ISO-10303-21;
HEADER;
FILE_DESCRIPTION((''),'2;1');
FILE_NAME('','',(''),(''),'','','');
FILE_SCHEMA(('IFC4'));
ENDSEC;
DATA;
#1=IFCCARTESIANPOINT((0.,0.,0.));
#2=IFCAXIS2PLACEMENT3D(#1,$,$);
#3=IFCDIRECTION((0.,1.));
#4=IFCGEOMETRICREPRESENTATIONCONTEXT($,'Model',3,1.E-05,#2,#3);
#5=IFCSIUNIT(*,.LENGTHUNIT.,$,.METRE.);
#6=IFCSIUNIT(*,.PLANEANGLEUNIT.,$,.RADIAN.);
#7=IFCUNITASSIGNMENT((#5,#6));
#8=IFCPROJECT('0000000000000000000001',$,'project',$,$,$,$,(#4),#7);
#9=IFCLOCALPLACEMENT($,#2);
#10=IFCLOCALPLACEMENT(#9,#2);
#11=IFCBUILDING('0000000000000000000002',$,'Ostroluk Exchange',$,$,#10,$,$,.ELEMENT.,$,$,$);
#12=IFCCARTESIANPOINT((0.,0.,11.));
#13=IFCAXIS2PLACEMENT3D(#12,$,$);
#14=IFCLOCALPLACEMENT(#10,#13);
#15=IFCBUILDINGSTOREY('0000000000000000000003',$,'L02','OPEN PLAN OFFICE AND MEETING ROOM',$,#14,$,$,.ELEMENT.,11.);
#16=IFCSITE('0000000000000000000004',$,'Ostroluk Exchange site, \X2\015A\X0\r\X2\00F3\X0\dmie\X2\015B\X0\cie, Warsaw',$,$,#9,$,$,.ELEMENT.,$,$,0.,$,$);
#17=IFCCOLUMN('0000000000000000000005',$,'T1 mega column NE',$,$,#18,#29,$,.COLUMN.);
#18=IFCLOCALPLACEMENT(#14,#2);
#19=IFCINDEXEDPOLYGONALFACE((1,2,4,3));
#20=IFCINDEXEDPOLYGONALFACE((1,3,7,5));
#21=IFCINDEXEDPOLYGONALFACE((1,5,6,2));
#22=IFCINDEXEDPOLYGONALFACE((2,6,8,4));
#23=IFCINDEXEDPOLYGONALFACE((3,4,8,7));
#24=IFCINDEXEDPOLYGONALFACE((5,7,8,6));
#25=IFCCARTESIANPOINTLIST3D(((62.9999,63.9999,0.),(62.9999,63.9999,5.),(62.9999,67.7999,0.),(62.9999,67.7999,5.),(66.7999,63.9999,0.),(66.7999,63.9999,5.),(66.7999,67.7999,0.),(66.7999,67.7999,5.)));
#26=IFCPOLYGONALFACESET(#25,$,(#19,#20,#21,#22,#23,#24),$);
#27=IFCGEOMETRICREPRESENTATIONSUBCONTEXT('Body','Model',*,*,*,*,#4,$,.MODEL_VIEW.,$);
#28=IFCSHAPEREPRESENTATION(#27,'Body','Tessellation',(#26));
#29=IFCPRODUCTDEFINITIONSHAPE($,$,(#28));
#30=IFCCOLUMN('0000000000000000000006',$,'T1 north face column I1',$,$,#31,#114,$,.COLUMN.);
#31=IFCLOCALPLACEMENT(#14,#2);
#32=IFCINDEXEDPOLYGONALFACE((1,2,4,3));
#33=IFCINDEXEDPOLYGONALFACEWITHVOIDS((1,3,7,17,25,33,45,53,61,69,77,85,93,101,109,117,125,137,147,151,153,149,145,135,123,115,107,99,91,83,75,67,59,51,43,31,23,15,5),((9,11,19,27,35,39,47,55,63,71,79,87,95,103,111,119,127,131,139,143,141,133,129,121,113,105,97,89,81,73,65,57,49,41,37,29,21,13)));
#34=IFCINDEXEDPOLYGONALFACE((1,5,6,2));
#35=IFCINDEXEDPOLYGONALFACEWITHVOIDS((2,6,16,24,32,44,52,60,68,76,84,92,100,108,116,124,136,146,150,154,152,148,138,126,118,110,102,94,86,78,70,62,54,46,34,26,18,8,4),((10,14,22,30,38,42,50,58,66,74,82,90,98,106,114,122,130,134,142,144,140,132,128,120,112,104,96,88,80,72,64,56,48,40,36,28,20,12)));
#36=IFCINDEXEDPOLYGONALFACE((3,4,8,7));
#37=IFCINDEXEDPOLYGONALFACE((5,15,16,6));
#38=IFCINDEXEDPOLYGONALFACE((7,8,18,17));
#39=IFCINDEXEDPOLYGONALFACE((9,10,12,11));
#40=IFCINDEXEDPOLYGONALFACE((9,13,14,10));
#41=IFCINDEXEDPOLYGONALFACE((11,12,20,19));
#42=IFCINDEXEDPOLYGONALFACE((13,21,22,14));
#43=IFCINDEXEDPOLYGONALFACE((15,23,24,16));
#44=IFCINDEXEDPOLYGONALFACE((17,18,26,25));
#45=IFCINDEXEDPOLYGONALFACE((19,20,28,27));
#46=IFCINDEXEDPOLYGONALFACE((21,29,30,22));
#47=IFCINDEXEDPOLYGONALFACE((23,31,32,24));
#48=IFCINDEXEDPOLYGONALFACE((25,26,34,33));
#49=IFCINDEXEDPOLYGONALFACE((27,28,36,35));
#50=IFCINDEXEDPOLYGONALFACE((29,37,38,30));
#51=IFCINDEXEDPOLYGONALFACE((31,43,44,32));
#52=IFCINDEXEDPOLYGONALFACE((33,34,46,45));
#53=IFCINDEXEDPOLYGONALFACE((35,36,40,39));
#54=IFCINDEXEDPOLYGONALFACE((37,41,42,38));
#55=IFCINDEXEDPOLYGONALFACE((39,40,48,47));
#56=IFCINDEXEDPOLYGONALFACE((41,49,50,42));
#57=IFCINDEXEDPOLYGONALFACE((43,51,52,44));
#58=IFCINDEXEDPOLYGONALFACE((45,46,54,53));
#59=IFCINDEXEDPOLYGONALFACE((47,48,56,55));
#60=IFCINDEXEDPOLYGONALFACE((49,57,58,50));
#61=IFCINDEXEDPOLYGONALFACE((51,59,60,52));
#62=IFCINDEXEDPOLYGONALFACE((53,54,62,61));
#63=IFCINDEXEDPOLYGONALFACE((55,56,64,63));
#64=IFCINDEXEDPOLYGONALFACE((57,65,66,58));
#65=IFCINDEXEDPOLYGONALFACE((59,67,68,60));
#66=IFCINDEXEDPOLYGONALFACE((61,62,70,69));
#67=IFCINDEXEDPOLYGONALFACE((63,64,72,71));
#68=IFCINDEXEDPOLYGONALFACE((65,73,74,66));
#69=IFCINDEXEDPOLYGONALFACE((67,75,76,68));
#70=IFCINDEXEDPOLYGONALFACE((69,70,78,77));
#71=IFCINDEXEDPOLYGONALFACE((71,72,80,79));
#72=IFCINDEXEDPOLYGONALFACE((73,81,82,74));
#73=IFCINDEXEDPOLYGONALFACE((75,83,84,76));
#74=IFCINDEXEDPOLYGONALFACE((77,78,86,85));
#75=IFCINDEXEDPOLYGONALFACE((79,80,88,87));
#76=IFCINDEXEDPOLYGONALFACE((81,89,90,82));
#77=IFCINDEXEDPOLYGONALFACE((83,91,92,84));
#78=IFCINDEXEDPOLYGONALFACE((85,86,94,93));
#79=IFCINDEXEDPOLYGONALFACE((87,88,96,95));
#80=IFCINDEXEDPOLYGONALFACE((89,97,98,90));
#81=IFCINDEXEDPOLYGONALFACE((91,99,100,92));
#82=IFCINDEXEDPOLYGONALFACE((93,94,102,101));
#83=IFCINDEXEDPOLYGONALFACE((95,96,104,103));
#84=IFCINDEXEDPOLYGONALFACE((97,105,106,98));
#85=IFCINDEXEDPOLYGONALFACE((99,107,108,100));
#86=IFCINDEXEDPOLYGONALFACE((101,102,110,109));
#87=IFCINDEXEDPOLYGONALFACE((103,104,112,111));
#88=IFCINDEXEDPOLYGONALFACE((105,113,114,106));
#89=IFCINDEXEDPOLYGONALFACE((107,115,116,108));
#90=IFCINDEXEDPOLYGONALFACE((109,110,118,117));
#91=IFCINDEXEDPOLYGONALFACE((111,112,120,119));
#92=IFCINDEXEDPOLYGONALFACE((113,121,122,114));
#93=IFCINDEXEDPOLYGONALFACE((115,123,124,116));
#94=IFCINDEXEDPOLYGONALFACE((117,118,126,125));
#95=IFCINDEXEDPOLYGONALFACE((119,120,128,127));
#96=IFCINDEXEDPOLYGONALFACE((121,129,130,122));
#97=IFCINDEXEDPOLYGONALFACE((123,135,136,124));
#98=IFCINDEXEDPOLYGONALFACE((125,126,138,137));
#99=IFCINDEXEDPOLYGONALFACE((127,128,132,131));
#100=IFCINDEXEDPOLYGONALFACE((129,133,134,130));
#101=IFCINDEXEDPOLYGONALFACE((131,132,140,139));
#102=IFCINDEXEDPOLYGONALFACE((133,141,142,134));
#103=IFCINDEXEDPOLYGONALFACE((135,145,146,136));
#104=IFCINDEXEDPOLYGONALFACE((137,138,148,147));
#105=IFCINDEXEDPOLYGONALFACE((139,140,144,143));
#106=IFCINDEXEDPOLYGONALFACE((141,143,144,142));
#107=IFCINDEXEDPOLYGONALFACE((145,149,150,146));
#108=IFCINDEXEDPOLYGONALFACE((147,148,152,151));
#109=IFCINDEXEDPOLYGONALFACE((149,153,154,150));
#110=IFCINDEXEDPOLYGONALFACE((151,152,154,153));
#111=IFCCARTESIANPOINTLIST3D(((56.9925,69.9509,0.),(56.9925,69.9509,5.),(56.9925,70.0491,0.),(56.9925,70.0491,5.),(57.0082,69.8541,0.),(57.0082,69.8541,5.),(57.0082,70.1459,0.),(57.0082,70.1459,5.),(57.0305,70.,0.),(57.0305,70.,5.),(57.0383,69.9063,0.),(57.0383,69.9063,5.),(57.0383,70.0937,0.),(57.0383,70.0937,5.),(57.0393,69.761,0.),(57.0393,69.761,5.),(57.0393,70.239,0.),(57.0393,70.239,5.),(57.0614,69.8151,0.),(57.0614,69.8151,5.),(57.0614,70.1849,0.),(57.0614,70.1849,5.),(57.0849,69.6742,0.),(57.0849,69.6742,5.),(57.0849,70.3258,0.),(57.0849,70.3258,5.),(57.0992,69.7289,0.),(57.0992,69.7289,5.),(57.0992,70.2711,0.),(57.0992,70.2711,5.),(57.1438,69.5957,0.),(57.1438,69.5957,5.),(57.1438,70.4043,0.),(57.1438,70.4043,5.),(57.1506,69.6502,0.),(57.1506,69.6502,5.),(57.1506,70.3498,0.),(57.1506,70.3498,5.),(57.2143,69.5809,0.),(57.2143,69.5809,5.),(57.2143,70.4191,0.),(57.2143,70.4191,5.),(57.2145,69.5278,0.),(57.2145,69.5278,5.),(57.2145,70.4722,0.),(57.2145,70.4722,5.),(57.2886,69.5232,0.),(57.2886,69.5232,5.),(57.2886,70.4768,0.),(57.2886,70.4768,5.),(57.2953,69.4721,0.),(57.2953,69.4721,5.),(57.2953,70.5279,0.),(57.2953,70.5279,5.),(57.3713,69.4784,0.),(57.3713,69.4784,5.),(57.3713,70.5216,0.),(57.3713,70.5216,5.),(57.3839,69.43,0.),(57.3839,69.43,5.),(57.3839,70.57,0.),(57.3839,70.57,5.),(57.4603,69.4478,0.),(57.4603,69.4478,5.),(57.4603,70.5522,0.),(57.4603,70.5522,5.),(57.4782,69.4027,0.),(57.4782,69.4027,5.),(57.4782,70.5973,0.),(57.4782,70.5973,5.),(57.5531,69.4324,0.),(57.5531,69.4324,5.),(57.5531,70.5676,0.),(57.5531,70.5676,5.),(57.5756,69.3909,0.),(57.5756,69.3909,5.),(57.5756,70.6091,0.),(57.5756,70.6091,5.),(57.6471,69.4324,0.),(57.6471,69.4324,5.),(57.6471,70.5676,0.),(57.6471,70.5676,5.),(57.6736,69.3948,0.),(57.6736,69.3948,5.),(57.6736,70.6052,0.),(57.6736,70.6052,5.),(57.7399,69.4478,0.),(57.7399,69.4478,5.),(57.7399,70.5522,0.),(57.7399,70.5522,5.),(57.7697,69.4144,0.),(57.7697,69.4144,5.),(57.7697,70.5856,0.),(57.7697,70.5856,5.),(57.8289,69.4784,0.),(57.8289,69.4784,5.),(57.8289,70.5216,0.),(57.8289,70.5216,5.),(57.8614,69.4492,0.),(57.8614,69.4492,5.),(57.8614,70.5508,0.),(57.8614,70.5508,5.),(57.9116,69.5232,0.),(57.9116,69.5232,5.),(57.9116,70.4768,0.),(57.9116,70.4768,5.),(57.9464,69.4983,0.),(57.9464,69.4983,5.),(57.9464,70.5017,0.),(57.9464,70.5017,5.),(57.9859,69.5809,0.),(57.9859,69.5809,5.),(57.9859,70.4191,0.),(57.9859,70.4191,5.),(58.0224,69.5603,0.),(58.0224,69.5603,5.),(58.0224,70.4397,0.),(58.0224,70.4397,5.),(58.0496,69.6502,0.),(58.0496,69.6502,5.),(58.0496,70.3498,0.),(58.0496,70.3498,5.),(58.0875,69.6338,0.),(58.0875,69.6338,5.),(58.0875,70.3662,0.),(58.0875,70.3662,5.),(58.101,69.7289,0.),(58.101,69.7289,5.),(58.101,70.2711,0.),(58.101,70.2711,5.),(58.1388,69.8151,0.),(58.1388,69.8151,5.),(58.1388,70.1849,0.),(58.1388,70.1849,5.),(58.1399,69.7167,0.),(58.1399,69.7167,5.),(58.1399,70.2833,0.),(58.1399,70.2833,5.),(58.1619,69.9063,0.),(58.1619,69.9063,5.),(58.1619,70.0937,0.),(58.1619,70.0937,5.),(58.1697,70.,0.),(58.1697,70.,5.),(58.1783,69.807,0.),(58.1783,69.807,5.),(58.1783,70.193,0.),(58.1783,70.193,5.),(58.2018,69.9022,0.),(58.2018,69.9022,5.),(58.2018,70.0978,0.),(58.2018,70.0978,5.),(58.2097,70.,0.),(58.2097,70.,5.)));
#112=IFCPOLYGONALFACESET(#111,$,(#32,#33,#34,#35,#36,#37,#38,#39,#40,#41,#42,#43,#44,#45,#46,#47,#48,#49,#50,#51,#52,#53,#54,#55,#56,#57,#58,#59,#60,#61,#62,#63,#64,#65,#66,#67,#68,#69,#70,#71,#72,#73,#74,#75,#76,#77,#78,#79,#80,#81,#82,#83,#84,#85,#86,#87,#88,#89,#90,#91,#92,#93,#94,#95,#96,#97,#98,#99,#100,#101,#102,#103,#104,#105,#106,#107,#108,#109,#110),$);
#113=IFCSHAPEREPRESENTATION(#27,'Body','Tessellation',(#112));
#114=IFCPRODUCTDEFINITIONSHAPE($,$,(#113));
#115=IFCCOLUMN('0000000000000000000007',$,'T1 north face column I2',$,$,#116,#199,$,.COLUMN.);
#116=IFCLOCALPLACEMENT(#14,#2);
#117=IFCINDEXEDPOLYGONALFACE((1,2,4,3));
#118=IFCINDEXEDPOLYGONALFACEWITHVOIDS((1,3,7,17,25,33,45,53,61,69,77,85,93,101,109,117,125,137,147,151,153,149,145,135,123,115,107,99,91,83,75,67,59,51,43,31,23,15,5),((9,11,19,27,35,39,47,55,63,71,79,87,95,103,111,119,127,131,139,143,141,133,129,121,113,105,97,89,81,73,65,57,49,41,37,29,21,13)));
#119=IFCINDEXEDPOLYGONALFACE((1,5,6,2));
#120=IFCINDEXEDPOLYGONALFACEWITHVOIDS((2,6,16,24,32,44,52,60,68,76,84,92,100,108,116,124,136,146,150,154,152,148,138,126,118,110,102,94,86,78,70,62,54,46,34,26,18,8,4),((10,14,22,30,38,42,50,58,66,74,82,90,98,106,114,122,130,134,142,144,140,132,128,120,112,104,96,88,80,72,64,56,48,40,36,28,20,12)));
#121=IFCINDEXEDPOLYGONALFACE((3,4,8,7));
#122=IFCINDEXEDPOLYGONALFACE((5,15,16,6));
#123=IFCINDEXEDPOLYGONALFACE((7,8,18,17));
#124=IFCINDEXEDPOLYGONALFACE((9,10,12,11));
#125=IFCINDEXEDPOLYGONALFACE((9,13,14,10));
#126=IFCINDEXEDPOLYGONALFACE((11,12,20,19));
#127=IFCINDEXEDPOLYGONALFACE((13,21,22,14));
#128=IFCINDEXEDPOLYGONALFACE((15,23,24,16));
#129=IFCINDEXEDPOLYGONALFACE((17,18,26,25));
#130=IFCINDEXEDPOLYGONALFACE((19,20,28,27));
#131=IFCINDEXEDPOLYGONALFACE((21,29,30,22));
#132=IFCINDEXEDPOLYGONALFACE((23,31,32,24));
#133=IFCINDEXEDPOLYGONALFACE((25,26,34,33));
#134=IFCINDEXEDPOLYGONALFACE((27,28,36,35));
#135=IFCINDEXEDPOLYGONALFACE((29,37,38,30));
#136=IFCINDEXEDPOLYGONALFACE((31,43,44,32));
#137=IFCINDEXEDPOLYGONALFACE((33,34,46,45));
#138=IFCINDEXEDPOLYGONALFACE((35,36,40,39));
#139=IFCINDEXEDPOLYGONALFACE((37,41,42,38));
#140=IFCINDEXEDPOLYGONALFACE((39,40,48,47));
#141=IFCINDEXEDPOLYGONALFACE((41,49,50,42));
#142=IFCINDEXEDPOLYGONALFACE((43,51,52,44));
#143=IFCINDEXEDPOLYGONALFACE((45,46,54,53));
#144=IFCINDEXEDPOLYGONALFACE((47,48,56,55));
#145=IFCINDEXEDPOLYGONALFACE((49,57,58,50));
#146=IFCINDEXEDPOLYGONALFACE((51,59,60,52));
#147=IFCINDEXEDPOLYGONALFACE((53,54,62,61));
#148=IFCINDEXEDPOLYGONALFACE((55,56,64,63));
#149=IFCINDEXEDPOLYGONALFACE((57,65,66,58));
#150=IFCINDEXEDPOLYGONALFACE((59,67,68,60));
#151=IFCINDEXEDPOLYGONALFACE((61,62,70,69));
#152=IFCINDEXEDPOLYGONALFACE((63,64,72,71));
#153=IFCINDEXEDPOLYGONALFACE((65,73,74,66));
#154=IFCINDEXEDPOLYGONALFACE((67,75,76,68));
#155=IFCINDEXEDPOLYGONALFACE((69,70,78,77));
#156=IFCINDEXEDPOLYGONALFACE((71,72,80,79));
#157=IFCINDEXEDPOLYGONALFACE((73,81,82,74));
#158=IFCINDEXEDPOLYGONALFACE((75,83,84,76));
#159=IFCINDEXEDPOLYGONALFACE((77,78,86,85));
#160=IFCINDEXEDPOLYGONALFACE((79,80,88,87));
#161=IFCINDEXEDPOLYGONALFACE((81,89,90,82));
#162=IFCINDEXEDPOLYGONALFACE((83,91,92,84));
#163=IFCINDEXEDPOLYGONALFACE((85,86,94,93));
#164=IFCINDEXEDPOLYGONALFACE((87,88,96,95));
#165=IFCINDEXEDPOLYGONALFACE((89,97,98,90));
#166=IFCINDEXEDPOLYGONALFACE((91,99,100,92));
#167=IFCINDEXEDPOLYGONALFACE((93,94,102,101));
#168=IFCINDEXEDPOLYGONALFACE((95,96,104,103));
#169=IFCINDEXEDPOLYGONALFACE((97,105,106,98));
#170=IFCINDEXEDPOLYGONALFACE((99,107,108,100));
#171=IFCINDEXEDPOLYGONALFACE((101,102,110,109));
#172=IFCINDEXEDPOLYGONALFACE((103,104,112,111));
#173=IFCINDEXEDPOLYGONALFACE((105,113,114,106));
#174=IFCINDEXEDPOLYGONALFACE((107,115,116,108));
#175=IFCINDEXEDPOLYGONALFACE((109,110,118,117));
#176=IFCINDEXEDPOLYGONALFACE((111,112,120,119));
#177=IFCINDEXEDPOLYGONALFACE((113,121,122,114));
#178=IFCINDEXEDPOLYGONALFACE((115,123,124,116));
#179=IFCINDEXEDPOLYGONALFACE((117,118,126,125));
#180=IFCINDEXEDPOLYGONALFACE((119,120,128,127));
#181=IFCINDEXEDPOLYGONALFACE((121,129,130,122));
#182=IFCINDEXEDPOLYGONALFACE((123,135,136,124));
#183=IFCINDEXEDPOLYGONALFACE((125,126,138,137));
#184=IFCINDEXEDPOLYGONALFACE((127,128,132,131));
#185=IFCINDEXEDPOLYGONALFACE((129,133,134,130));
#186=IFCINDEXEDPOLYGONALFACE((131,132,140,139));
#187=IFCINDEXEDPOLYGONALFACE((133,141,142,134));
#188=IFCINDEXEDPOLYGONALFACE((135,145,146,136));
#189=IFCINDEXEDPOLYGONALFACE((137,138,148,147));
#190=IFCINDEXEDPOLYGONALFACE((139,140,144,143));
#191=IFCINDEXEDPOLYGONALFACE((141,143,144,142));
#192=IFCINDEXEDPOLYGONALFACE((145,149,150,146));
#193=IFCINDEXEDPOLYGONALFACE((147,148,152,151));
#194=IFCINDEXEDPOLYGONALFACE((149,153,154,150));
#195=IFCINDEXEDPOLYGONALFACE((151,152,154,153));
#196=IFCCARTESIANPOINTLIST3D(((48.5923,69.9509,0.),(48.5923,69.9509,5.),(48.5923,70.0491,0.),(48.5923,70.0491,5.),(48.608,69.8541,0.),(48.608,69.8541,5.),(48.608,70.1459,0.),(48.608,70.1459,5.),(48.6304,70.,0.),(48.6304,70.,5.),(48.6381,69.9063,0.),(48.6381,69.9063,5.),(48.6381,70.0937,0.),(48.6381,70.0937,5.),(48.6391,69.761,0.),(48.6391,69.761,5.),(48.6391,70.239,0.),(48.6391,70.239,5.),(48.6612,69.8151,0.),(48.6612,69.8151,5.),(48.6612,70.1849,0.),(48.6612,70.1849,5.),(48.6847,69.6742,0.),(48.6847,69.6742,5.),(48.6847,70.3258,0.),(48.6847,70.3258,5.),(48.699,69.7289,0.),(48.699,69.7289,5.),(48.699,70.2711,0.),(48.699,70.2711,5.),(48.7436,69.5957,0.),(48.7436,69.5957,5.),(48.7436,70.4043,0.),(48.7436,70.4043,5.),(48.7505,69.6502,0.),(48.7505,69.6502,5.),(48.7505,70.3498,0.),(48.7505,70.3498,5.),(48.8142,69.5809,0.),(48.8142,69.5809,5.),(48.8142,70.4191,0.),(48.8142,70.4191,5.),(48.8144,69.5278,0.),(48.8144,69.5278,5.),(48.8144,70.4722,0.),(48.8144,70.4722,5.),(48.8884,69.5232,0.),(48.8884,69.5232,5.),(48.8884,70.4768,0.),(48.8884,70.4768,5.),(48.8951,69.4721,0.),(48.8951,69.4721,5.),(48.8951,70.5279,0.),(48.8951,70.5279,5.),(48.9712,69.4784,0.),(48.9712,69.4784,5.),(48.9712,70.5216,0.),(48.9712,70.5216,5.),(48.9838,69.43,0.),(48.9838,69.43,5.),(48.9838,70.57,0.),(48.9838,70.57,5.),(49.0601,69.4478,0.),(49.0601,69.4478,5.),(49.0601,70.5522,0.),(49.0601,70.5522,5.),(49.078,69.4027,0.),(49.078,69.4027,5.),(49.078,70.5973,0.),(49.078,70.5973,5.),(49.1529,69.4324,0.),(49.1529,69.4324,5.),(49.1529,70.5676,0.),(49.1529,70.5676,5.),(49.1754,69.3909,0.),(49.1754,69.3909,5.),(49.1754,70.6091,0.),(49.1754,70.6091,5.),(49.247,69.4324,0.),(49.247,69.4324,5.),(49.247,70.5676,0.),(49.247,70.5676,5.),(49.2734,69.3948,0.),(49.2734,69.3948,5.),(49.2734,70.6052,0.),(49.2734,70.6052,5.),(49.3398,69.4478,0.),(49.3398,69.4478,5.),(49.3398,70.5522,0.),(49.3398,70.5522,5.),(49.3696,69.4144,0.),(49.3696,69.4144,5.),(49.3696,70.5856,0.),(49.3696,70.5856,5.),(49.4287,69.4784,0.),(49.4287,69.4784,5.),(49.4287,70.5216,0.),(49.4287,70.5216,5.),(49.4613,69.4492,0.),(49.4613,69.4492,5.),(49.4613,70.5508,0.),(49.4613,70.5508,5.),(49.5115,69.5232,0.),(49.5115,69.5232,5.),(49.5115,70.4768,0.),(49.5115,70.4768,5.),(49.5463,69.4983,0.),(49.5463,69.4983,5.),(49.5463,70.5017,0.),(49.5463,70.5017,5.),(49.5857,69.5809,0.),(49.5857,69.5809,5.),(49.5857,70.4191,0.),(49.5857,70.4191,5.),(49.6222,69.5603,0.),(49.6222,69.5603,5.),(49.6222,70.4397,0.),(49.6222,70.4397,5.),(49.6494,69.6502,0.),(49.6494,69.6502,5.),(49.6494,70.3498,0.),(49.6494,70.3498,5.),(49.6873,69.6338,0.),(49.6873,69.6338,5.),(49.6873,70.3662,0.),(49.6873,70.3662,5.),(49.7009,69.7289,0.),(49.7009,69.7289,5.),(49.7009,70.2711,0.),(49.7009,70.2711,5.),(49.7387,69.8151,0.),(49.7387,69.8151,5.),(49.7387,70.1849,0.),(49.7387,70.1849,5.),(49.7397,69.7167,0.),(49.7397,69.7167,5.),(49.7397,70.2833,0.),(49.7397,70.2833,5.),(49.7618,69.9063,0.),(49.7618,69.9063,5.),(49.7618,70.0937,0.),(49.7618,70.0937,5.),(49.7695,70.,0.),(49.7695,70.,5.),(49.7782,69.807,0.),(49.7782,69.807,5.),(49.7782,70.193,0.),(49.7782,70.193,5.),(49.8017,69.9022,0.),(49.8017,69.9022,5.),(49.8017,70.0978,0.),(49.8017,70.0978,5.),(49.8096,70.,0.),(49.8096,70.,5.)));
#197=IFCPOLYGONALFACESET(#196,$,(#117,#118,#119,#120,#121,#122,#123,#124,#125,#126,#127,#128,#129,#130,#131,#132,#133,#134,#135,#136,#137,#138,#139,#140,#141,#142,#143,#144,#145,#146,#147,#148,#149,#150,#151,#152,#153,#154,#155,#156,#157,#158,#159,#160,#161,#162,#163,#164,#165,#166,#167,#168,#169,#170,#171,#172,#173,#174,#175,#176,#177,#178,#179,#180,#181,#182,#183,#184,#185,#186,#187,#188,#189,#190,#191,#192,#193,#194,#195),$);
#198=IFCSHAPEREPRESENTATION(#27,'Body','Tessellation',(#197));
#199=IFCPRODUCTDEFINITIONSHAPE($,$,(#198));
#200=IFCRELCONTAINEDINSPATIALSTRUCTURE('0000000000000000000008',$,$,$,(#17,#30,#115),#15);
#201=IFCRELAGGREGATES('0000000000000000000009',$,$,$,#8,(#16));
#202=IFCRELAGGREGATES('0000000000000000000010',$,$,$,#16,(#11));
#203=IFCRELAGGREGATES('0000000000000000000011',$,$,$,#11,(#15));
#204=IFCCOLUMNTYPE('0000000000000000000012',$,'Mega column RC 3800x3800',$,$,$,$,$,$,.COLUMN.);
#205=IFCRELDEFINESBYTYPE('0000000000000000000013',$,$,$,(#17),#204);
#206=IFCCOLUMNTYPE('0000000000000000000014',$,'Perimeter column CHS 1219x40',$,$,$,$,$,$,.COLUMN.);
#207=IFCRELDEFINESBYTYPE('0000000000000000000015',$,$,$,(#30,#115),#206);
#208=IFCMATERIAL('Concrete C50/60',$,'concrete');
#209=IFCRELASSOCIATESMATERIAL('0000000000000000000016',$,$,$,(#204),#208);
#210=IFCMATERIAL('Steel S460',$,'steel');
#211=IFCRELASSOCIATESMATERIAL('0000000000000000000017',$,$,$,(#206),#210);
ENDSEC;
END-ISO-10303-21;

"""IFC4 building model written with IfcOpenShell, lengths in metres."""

from ifc_helpers import new_model, si_unit, direction, frame, origin, origin_2d, place, context, subcontext, project, spatial, rectangle, hollow_circle, extrude, material, material_profile, profile_set, type_object, element, save


model = new_model("IFC4")

# Units and contexts
model_context = context("Model", 3, precision=1e-05, world=origin(), true_north=direction((0.0, 1.0)))
body_context = subcontext(model_context, "Body", "Model", "MODEL_VIEW")
ifc_project = project(units=[si_unit("LENGTHUNIT", "METRE"), si_unit("PLANEANGLEUNIT", "RADIAN")], contexts=[model_context])

# Site, building, storey
site_placement = place(None, origin())
site = spatial("IfcSite", under=ifc_project, at=site_placement, Name="Ostroluk Exchange site, Śródmieście, Warsaw", CompositionType="ELEMENT", RefElevation=0.0)
building_placement = place(site_placement, origin())
building = spatial("IfcBuilding", under=site, at=building_placement, Name="Ostroluk Exchange", CompositionType="ELEMENT")
storey_placement = place(building_placement, frame((0.0, 0.0, 11.0)))
storey = spatial("IfcBuildingStorey", under=building, at=storey_placement, Name="L02", Description="OPEN PLAN OFFICE AND MEETING ROOM", CompositionType="ELEMENT", Elevation=11.0)

# Columns
ifc_material_1 = material(Name="Concrete C50/60", Category="concrete")
ifc_material_profile_1 = material_profile(ifc_material_1, rectangle(XDim=3.8, YDim=3.8, at=origin_2d()), Name="RC 3800x3800")
ifc_profile_set_1 = profile_set([ifc_material_profile_1], Name="Concrete C50/60")
column_type_1 = type_object("IfcColumnType", Name="Mega column RC 3800x3800", PredefinedType="COLUMN", material=ifc_profile_set_1)
column_placement = place(storey_placement, frame((64.8999, 65.8999, 0.0), z_axis=(0.0, 0.0, 1.0), x_axis=(1.0, 0.0, 0.0)))
element("IfcColumn", 1, at=column_placement, inside=storey, type_object=column_type_1, Name="T1 mega column NE", PredefinedType="COLUMN", context=body_context, shape_type="SweptSolid", body=[
    extrude(rectangle(XDim=3.8, YDim=3.8, at=origin_2d()), origin(), (0.0, 0.0, 1.0), 5.0),
])
ifc_material_2 = material(Name="Steel S460", Category="steel")
ifc_material_profile_2 = material_profile(ifc_material_2, hollow_circle(Radius=0.6096, WallThickness=0.04, at=origin_2d()), Name="CHS 1219x40")
ifc_profile_set_2 = profile_set([ifc_material_profile_2], Name="Steel S460")
column_type_2 = type_object("IfcColumnType", Name="Perimeter column CHS 1219x40", PredefinedType="COLUMN", material=ifc_profile_set_2)
for number, where, z_axis, x_axis, name in (
    (2, (57.6001, 70.0, 0.0), (0.0, 0.0, 1.0), (1.0, 0.0, 0.0), "T1 north face column I1"),
    (3, (49.2, 70.0, 0.0), (0.0, 0.0, 1.0), (1.0, 0.0, 0.0), "T1 north face column I2"),
):
    element("IfcColumn", number, at=place(storey_placement, frame(where, z_axis=z_axis, x_axis=x_axis)), inside=storey, type_object=column_type_2, Name=name, PredefinedType="COLUMN", context=body_context, shape_type="SweptSolid", body=[
        extrude(hollow_circle(Radius=0.6096, WallThickness=0.04, at=origin_2d()), origin(), (0.0, 0.0, 1.0), 5.0),
    ])

save(model, "model.ifc")
